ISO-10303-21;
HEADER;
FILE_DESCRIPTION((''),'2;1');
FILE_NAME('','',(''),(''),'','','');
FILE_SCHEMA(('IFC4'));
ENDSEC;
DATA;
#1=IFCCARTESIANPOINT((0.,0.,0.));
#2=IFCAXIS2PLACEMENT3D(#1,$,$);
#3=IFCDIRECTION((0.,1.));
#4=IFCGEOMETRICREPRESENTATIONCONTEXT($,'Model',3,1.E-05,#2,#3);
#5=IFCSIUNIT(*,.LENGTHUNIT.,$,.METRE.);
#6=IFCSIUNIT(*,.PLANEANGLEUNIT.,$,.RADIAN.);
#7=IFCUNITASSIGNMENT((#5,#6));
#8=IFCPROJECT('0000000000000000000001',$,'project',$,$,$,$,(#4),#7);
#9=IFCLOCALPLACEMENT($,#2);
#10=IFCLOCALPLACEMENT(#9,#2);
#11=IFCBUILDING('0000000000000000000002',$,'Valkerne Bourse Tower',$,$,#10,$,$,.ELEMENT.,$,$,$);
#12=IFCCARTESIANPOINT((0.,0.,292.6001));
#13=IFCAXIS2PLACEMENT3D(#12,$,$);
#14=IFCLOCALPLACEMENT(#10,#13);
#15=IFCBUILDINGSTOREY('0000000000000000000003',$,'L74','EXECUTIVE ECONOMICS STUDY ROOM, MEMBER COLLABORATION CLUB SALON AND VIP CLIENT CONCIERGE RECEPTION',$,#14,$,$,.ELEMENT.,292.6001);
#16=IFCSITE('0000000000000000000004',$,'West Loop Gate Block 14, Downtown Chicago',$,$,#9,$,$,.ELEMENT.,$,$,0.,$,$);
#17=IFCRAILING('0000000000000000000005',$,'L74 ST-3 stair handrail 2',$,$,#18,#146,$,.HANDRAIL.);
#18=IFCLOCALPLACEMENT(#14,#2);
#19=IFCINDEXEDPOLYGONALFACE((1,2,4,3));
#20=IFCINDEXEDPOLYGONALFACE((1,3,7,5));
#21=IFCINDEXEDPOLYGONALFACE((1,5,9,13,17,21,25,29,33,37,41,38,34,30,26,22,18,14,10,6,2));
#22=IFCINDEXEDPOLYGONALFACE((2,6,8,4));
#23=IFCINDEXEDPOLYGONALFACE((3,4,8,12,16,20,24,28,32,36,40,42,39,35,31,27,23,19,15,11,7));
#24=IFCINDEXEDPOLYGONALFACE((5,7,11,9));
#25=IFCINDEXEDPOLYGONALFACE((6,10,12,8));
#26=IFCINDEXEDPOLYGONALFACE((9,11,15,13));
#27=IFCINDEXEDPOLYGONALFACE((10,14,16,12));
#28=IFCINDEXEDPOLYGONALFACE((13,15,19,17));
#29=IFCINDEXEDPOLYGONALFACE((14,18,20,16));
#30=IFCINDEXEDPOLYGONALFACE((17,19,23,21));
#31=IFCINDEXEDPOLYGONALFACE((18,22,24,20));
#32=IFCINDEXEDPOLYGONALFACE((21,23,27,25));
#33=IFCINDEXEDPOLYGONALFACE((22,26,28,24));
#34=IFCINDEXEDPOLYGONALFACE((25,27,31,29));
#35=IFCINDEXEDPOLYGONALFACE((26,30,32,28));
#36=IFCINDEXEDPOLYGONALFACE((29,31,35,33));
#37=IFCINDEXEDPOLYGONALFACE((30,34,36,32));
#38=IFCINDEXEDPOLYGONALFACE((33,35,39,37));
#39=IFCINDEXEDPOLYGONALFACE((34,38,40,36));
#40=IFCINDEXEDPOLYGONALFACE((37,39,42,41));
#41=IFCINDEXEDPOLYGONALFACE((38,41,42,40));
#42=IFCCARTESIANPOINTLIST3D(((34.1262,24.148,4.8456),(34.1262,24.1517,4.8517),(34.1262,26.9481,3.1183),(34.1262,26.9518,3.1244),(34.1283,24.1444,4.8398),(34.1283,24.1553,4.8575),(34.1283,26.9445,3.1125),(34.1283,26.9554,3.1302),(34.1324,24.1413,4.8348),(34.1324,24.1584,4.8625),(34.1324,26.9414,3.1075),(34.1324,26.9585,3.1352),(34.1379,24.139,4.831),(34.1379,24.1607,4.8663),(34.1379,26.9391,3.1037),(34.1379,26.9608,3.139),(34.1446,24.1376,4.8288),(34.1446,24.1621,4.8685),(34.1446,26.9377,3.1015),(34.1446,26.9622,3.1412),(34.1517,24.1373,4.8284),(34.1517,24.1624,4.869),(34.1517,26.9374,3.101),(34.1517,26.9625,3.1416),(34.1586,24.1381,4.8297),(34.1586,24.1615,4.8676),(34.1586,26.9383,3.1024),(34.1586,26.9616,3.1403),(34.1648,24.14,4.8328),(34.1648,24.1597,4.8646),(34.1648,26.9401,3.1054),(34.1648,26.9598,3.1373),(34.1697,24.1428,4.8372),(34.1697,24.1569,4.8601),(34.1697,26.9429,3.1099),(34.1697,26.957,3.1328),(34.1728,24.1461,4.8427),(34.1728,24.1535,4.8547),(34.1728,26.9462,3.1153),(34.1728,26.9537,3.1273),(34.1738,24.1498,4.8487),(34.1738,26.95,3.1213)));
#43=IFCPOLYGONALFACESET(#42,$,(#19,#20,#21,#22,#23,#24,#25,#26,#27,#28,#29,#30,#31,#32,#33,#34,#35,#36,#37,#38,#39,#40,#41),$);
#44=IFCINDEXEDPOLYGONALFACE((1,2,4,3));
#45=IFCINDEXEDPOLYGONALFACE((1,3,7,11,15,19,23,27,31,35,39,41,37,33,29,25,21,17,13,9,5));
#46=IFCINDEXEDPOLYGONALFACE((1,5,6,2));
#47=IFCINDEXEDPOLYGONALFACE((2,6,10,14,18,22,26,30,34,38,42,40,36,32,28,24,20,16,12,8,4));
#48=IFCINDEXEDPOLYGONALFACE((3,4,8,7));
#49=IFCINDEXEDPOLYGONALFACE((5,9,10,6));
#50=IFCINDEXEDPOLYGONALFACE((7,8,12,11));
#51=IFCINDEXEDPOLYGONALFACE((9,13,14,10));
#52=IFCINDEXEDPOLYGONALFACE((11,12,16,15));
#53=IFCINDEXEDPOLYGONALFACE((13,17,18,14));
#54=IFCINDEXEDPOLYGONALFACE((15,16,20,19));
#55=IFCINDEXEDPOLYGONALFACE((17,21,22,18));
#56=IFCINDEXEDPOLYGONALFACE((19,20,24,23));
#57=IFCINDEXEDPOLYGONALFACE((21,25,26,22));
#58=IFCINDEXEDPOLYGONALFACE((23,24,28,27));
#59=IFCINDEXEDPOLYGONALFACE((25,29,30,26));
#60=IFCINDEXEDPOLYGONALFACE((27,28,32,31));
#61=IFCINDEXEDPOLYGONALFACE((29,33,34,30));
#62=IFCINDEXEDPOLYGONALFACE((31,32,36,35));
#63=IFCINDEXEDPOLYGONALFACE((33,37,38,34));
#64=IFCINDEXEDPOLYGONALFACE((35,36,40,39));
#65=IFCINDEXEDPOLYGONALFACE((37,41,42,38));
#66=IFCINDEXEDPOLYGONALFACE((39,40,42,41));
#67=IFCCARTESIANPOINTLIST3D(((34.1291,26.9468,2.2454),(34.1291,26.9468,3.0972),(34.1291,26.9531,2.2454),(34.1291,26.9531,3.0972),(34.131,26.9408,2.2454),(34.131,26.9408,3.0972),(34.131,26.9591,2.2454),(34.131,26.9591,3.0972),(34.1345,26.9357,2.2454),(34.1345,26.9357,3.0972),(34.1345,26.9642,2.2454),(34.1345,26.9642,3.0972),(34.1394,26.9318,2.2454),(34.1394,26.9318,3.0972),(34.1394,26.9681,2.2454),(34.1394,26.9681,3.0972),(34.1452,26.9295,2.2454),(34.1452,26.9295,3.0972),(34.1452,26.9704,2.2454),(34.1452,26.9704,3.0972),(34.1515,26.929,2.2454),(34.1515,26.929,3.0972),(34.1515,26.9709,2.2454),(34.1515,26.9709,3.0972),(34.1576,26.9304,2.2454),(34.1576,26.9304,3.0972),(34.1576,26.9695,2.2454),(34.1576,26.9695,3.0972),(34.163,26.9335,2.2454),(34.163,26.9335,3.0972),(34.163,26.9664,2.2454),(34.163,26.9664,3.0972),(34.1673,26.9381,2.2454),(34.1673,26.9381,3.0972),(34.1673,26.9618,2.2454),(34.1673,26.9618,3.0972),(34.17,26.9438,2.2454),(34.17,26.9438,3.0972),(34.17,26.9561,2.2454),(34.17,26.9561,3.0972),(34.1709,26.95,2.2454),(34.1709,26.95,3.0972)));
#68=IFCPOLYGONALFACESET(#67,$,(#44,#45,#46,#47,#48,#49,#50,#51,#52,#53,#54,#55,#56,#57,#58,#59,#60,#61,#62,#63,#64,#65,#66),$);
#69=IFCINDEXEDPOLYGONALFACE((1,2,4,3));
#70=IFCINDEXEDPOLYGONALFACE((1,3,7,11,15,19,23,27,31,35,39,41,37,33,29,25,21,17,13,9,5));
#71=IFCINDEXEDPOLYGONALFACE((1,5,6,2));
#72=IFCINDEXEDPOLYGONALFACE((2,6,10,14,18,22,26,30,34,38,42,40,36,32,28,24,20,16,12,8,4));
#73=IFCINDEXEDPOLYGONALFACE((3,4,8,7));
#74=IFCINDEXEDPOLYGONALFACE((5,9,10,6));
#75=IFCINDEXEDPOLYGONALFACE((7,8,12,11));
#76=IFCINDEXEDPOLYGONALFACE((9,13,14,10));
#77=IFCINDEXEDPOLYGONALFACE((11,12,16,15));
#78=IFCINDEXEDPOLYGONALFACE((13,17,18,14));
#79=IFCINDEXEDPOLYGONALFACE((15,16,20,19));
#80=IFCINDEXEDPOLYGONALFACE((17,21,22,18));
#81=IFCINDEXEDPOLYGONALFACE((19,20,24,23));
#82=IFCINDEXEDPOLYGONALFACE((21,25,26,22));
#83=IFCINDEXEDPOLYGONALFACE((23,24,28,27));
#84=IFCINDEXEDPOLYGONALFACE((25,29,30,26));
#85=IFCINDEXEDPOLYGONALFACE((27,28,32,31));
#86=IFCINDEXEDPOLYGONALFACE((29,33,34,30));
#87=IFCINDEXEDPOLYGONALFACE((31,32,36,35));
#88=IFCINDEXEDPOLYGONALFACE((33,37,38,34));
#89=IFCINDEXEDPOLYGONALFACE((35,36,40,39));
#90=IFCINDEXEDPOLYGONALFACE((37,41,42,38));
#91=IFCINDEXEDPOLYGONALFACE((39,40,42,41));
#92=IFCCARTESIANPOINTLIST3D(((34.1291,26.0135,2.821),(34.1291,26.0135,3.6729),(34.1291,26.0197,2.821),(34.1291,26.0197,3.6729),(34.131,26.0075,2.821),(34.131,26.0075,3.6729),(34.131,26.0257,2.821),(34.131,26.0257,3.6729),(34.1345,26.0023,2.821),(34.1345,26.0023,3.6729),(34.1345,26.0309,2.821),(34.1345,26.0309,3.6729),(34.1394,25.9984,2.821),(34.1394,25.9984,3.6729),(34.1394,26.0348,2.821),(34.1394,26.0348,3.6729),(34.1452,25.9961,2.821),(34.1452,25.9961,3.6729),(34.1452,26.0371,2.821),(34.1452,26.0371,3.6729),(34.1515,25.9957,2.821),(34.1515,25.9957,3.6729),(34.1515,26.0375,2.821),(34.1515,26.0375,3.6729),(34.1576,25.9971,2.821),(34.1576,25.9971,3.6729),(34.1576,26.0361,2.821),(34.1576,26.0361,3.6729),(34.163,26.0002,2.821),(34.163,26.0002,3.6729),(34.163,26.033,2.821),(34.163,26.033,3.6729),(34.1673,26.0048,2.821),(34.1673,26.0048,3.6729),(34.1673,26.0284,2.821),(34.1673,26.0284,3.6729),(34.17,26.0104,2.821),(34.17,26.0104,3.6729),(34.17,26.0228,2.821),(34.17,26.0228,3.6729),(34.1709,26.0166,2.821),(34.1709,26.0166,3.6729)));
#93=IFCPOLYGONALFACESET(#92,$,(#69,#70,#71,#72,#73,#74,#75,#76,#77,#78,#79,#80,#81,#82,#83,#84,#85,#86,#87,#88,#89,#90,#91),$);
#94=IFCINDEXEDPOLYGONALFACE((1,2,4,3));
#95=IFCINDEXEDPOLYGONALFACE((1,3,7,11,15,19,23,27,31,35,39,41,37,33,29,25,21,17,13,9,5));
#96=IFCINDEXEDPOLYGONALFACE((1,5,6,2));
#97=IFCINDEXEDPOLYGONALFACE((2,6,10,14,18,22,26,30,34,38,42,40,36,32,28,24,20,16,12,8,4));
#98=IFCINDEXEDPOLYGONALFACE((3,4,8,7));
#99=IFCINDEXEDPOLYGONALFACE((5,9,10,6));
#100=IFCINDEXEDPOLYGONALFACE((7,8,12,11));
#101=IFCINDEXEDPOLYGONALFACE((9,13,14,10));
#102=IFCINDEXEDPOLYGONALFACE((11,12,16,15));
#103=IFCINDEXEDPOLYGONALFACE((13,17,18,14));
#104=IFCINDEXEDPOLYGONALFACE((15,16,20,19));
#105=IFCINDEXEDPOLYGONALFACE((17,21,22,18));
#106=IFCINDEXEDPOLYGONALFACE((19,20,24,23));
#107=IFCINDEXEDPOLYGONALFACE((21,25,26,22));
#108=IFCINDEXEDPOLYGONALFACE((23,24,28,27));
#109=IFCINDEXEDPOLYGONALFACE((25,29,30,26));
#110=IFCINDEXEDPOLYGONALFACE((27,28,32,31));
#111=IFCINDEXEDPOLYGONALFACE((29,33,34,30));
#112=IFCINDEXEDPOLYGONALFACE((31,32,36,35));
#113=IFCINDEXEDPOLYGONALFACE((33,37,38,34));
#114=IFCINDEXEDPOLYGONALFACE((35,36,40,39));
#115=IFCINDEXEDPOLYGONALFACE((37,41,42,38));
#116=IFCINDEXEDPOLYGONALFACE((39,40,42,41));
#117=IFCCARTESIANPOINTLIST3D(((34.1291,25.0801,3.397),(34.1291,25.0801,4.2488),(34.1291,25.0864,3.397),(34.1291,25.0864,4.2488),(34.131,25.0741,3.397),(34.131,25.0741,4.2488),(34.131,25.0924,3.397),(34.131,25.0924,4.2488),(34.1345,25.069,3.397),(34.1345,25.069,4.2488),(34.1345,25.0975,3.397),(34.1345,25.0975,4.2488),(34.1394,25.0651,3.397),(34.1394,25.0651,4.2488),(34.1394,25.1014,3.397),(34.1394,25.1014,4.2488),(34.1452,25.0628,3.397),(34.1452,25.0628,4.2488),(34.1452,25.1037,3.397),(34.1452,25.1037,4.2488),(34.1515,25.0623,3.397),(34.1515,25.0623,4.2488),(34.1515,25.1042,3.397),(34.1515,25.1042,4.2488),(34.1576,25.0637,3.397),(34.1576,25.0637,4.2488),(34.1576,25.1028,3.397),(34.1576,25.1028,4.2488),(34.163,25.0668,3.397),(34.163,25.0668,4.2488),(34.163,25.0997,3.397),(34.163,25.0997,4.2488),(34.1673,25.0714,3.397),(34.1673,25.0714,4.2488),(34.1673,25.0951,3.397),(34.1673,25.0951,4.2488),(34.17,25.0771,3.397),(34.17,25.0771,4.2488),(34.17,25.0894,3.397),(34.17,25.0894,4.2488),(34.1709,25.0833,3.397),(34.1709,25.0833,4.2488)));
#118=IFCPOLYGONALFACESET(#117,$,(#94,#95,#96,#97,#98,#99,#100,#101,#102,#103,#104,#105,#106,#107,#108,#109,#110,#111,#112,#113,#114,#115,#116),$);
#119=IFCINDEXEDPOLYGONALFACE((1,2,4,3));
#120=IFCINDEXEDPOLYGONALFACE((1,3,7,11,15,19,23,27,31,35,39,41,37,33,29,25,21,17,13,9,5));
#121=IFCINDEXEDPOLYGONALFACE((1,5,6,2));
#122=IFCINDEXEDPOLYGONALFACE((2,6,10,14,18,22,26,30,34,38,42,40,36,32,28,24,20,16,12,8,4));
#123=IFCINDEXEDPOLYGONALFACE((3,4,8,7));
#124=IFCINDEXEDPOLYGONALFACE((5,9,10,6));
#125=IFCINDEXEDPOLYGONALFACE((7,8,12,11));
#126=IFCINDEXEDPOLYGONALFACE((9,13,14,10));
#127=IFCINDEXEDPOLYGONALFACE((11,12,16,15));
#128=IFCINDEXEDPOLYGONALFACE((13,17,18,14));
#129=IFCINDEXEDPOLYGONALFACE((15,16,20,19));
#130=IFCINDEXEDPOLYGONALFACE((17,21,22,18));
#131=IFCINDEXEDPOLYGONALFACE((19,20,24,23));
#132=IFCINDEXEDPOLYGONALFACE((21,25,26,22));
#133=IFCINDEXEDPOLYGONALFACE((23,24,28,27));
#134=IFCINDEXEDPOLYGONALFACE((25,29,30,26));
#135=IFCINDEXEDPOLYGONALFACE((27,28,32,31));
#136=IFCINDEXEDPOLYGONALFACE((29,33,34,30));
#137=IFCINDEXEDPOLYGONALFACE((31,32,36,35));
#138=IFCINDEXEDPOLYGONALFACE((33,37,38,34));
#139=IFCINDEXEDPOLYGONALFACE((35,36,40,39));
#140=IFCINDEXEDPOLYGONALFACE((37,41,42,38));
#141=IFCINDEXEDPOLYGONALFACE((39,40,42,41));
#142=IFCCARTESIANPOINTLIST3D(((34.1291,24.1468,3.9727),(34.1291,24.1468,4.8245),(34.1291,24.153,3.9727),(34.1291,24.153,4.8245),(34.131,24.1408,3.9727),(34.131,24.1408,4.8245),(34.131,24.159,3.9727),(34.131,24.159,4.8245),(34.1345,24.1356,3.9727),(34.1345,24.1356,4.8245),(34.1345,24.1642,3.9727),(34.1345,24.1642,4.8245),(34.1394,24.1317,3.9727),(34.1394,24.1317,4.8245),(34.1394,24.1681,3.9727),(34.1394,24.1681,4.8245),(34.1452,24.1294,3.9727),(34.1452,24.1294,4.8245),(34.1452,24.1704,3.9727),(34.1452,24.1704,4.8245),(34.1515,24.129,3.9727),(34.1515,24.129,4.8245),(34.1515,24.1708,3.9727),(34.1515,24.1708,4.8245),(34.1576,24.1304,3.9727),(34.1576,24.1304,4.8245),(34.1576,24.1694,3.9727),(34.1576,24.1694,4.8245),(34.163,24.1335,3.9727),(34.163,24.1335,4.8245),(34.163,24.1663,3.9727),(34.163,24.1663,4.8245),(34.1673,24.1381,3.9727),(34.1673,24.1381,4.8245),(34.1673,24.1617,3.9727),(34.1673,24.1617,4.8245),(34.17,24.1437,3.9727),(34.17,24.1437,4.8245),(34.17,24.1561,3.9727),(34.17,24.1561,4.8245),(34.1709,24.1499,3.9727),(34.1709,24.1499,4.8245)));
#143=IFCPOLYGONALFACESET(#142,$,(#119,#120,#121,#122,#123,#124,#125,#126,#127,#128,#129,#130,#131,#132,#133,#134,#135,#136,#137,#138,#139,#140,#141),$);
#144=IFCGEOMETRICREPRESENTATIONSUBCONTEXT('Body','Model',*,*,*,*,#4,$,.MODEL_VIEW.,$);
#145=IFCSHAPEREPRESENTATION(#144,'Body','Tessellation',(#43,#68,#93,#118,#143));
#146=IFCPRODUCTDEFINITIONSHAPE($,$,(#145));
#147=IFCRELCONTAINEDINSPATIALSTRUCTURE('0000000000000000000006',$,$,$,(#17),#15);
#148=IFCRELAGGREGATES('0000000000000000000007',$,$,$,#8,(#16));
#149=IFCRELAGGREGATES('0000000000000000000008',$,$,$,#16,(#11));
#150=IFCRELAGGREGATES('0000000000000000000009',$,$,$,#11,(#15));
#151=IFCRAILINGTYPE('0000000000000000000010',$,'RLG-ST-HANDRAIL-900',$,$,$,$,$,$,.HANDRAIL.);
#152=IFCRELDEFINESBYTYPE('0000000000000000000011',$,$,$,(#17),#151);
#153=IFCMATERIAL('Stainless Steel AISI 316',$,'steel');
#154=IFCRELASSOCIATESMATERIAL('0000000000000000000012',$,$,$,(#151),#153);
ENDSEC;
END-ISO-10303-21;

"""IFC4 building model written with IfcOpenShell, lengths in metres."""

from ifc_helpers import new_model, si_unit, direction, frame, origin, origin_2d, place, context, subcontext, project, spatial, circle, extrude, material, type_object, element, save


model = new_model("IFC4")

# Units and contexts
model_context = context("Model", 3, precision=1e-05, world=origin(), true_north=direction((0.0, 1.0)))
body_context = subcontext(model_context, "Body", "Model", "MODEL_VIEW")
ifc_project = project(units=[si_unit("LENGTHUNIT", "METRE"), si_unit("PLANEANGLEUNIT", "RADIAN")], contexts=[model_context])

# Site, building, storey
site_placement = place(None, origin())
site = spatial("IfcSite", under=ifc_project, at=site_placement, Name="West Loop Gate Block 14, Downtown Chicago", CompositionType="ELEMENT", RefElevation=0.0)
building_placement = place(site_placement, origin())
building = spatial("IfcBuilding", under=site, at=building_placement, Name="Valkerne Bourse Tower", CompositionType="ELEMENT")
storey_placement = place(building_placement, frame((0.0, 0.0, 292.6001)))
storey = spatial("IfcBuildingStorey", under=building, at=storey_placement, Name="L74", Description="EXECUTIVE ECONOMICS STUDY ROOM, MEMBER COLLABORATION CLUB SALON AND VIP CLIENT CONCIERGE RECEPTION", CompositionType="ELEMENT", Elevation=292.6001)

# Shared definitions
ifc_material_1 = material(Name="Stainless Steel AISI 316", Category="steel")

# Railing
railing_type_1 = type_object("IfcRailingType", Name="RLG-ST-HANDRAIL-900", PredefinedType="HANDRAIL", material=ifc_material_1)
railing_1_placement = place(storey_placement, frame((34.1499, 26.95, 2.2454)))
element("IfcRailing", 1, at=railing_1_placement, inside=storey, type_object=railing_type_1, Name="L74 ST-3 stair handrail 2", PredefinedType="HANDRAIL", context=body_context, shape_type="SweptSolid", body=[
    extrude(circle(Radius=0.0239, at=origin_2d()), frame((0.0, 0.0, 0.876), z_axis=(0.0, -0.85109, 0.52502), x_axis=(1.0, 0.0, 0.0)), (0.0, 0.0, 1.0), 3.29),
    extrude(circle(Radius=0.021, at=origin_2d()), origin(), (0.0, 0.0, 1.0), 0.8518),
    extrude(circle(Radius=0.021, at=origin_2d()), frame((0.0, -0.9333, 0.5757)), (0.0, 0.0, 1.0), 0.8518),
    extrude(circle(Radius=0.021, at=origin_2d()), frame((0.0, -1.8667, 1.1516)), (0.0, 0.0, 1.0), 0.8518),
    extrude(circle(Radius=0.021, at=origin_2d()), frame((0.0, -2.8, 1.7273)), (0.0, 0.0, 1.0), 0.8518),
])

save(model, "model.ifc")
